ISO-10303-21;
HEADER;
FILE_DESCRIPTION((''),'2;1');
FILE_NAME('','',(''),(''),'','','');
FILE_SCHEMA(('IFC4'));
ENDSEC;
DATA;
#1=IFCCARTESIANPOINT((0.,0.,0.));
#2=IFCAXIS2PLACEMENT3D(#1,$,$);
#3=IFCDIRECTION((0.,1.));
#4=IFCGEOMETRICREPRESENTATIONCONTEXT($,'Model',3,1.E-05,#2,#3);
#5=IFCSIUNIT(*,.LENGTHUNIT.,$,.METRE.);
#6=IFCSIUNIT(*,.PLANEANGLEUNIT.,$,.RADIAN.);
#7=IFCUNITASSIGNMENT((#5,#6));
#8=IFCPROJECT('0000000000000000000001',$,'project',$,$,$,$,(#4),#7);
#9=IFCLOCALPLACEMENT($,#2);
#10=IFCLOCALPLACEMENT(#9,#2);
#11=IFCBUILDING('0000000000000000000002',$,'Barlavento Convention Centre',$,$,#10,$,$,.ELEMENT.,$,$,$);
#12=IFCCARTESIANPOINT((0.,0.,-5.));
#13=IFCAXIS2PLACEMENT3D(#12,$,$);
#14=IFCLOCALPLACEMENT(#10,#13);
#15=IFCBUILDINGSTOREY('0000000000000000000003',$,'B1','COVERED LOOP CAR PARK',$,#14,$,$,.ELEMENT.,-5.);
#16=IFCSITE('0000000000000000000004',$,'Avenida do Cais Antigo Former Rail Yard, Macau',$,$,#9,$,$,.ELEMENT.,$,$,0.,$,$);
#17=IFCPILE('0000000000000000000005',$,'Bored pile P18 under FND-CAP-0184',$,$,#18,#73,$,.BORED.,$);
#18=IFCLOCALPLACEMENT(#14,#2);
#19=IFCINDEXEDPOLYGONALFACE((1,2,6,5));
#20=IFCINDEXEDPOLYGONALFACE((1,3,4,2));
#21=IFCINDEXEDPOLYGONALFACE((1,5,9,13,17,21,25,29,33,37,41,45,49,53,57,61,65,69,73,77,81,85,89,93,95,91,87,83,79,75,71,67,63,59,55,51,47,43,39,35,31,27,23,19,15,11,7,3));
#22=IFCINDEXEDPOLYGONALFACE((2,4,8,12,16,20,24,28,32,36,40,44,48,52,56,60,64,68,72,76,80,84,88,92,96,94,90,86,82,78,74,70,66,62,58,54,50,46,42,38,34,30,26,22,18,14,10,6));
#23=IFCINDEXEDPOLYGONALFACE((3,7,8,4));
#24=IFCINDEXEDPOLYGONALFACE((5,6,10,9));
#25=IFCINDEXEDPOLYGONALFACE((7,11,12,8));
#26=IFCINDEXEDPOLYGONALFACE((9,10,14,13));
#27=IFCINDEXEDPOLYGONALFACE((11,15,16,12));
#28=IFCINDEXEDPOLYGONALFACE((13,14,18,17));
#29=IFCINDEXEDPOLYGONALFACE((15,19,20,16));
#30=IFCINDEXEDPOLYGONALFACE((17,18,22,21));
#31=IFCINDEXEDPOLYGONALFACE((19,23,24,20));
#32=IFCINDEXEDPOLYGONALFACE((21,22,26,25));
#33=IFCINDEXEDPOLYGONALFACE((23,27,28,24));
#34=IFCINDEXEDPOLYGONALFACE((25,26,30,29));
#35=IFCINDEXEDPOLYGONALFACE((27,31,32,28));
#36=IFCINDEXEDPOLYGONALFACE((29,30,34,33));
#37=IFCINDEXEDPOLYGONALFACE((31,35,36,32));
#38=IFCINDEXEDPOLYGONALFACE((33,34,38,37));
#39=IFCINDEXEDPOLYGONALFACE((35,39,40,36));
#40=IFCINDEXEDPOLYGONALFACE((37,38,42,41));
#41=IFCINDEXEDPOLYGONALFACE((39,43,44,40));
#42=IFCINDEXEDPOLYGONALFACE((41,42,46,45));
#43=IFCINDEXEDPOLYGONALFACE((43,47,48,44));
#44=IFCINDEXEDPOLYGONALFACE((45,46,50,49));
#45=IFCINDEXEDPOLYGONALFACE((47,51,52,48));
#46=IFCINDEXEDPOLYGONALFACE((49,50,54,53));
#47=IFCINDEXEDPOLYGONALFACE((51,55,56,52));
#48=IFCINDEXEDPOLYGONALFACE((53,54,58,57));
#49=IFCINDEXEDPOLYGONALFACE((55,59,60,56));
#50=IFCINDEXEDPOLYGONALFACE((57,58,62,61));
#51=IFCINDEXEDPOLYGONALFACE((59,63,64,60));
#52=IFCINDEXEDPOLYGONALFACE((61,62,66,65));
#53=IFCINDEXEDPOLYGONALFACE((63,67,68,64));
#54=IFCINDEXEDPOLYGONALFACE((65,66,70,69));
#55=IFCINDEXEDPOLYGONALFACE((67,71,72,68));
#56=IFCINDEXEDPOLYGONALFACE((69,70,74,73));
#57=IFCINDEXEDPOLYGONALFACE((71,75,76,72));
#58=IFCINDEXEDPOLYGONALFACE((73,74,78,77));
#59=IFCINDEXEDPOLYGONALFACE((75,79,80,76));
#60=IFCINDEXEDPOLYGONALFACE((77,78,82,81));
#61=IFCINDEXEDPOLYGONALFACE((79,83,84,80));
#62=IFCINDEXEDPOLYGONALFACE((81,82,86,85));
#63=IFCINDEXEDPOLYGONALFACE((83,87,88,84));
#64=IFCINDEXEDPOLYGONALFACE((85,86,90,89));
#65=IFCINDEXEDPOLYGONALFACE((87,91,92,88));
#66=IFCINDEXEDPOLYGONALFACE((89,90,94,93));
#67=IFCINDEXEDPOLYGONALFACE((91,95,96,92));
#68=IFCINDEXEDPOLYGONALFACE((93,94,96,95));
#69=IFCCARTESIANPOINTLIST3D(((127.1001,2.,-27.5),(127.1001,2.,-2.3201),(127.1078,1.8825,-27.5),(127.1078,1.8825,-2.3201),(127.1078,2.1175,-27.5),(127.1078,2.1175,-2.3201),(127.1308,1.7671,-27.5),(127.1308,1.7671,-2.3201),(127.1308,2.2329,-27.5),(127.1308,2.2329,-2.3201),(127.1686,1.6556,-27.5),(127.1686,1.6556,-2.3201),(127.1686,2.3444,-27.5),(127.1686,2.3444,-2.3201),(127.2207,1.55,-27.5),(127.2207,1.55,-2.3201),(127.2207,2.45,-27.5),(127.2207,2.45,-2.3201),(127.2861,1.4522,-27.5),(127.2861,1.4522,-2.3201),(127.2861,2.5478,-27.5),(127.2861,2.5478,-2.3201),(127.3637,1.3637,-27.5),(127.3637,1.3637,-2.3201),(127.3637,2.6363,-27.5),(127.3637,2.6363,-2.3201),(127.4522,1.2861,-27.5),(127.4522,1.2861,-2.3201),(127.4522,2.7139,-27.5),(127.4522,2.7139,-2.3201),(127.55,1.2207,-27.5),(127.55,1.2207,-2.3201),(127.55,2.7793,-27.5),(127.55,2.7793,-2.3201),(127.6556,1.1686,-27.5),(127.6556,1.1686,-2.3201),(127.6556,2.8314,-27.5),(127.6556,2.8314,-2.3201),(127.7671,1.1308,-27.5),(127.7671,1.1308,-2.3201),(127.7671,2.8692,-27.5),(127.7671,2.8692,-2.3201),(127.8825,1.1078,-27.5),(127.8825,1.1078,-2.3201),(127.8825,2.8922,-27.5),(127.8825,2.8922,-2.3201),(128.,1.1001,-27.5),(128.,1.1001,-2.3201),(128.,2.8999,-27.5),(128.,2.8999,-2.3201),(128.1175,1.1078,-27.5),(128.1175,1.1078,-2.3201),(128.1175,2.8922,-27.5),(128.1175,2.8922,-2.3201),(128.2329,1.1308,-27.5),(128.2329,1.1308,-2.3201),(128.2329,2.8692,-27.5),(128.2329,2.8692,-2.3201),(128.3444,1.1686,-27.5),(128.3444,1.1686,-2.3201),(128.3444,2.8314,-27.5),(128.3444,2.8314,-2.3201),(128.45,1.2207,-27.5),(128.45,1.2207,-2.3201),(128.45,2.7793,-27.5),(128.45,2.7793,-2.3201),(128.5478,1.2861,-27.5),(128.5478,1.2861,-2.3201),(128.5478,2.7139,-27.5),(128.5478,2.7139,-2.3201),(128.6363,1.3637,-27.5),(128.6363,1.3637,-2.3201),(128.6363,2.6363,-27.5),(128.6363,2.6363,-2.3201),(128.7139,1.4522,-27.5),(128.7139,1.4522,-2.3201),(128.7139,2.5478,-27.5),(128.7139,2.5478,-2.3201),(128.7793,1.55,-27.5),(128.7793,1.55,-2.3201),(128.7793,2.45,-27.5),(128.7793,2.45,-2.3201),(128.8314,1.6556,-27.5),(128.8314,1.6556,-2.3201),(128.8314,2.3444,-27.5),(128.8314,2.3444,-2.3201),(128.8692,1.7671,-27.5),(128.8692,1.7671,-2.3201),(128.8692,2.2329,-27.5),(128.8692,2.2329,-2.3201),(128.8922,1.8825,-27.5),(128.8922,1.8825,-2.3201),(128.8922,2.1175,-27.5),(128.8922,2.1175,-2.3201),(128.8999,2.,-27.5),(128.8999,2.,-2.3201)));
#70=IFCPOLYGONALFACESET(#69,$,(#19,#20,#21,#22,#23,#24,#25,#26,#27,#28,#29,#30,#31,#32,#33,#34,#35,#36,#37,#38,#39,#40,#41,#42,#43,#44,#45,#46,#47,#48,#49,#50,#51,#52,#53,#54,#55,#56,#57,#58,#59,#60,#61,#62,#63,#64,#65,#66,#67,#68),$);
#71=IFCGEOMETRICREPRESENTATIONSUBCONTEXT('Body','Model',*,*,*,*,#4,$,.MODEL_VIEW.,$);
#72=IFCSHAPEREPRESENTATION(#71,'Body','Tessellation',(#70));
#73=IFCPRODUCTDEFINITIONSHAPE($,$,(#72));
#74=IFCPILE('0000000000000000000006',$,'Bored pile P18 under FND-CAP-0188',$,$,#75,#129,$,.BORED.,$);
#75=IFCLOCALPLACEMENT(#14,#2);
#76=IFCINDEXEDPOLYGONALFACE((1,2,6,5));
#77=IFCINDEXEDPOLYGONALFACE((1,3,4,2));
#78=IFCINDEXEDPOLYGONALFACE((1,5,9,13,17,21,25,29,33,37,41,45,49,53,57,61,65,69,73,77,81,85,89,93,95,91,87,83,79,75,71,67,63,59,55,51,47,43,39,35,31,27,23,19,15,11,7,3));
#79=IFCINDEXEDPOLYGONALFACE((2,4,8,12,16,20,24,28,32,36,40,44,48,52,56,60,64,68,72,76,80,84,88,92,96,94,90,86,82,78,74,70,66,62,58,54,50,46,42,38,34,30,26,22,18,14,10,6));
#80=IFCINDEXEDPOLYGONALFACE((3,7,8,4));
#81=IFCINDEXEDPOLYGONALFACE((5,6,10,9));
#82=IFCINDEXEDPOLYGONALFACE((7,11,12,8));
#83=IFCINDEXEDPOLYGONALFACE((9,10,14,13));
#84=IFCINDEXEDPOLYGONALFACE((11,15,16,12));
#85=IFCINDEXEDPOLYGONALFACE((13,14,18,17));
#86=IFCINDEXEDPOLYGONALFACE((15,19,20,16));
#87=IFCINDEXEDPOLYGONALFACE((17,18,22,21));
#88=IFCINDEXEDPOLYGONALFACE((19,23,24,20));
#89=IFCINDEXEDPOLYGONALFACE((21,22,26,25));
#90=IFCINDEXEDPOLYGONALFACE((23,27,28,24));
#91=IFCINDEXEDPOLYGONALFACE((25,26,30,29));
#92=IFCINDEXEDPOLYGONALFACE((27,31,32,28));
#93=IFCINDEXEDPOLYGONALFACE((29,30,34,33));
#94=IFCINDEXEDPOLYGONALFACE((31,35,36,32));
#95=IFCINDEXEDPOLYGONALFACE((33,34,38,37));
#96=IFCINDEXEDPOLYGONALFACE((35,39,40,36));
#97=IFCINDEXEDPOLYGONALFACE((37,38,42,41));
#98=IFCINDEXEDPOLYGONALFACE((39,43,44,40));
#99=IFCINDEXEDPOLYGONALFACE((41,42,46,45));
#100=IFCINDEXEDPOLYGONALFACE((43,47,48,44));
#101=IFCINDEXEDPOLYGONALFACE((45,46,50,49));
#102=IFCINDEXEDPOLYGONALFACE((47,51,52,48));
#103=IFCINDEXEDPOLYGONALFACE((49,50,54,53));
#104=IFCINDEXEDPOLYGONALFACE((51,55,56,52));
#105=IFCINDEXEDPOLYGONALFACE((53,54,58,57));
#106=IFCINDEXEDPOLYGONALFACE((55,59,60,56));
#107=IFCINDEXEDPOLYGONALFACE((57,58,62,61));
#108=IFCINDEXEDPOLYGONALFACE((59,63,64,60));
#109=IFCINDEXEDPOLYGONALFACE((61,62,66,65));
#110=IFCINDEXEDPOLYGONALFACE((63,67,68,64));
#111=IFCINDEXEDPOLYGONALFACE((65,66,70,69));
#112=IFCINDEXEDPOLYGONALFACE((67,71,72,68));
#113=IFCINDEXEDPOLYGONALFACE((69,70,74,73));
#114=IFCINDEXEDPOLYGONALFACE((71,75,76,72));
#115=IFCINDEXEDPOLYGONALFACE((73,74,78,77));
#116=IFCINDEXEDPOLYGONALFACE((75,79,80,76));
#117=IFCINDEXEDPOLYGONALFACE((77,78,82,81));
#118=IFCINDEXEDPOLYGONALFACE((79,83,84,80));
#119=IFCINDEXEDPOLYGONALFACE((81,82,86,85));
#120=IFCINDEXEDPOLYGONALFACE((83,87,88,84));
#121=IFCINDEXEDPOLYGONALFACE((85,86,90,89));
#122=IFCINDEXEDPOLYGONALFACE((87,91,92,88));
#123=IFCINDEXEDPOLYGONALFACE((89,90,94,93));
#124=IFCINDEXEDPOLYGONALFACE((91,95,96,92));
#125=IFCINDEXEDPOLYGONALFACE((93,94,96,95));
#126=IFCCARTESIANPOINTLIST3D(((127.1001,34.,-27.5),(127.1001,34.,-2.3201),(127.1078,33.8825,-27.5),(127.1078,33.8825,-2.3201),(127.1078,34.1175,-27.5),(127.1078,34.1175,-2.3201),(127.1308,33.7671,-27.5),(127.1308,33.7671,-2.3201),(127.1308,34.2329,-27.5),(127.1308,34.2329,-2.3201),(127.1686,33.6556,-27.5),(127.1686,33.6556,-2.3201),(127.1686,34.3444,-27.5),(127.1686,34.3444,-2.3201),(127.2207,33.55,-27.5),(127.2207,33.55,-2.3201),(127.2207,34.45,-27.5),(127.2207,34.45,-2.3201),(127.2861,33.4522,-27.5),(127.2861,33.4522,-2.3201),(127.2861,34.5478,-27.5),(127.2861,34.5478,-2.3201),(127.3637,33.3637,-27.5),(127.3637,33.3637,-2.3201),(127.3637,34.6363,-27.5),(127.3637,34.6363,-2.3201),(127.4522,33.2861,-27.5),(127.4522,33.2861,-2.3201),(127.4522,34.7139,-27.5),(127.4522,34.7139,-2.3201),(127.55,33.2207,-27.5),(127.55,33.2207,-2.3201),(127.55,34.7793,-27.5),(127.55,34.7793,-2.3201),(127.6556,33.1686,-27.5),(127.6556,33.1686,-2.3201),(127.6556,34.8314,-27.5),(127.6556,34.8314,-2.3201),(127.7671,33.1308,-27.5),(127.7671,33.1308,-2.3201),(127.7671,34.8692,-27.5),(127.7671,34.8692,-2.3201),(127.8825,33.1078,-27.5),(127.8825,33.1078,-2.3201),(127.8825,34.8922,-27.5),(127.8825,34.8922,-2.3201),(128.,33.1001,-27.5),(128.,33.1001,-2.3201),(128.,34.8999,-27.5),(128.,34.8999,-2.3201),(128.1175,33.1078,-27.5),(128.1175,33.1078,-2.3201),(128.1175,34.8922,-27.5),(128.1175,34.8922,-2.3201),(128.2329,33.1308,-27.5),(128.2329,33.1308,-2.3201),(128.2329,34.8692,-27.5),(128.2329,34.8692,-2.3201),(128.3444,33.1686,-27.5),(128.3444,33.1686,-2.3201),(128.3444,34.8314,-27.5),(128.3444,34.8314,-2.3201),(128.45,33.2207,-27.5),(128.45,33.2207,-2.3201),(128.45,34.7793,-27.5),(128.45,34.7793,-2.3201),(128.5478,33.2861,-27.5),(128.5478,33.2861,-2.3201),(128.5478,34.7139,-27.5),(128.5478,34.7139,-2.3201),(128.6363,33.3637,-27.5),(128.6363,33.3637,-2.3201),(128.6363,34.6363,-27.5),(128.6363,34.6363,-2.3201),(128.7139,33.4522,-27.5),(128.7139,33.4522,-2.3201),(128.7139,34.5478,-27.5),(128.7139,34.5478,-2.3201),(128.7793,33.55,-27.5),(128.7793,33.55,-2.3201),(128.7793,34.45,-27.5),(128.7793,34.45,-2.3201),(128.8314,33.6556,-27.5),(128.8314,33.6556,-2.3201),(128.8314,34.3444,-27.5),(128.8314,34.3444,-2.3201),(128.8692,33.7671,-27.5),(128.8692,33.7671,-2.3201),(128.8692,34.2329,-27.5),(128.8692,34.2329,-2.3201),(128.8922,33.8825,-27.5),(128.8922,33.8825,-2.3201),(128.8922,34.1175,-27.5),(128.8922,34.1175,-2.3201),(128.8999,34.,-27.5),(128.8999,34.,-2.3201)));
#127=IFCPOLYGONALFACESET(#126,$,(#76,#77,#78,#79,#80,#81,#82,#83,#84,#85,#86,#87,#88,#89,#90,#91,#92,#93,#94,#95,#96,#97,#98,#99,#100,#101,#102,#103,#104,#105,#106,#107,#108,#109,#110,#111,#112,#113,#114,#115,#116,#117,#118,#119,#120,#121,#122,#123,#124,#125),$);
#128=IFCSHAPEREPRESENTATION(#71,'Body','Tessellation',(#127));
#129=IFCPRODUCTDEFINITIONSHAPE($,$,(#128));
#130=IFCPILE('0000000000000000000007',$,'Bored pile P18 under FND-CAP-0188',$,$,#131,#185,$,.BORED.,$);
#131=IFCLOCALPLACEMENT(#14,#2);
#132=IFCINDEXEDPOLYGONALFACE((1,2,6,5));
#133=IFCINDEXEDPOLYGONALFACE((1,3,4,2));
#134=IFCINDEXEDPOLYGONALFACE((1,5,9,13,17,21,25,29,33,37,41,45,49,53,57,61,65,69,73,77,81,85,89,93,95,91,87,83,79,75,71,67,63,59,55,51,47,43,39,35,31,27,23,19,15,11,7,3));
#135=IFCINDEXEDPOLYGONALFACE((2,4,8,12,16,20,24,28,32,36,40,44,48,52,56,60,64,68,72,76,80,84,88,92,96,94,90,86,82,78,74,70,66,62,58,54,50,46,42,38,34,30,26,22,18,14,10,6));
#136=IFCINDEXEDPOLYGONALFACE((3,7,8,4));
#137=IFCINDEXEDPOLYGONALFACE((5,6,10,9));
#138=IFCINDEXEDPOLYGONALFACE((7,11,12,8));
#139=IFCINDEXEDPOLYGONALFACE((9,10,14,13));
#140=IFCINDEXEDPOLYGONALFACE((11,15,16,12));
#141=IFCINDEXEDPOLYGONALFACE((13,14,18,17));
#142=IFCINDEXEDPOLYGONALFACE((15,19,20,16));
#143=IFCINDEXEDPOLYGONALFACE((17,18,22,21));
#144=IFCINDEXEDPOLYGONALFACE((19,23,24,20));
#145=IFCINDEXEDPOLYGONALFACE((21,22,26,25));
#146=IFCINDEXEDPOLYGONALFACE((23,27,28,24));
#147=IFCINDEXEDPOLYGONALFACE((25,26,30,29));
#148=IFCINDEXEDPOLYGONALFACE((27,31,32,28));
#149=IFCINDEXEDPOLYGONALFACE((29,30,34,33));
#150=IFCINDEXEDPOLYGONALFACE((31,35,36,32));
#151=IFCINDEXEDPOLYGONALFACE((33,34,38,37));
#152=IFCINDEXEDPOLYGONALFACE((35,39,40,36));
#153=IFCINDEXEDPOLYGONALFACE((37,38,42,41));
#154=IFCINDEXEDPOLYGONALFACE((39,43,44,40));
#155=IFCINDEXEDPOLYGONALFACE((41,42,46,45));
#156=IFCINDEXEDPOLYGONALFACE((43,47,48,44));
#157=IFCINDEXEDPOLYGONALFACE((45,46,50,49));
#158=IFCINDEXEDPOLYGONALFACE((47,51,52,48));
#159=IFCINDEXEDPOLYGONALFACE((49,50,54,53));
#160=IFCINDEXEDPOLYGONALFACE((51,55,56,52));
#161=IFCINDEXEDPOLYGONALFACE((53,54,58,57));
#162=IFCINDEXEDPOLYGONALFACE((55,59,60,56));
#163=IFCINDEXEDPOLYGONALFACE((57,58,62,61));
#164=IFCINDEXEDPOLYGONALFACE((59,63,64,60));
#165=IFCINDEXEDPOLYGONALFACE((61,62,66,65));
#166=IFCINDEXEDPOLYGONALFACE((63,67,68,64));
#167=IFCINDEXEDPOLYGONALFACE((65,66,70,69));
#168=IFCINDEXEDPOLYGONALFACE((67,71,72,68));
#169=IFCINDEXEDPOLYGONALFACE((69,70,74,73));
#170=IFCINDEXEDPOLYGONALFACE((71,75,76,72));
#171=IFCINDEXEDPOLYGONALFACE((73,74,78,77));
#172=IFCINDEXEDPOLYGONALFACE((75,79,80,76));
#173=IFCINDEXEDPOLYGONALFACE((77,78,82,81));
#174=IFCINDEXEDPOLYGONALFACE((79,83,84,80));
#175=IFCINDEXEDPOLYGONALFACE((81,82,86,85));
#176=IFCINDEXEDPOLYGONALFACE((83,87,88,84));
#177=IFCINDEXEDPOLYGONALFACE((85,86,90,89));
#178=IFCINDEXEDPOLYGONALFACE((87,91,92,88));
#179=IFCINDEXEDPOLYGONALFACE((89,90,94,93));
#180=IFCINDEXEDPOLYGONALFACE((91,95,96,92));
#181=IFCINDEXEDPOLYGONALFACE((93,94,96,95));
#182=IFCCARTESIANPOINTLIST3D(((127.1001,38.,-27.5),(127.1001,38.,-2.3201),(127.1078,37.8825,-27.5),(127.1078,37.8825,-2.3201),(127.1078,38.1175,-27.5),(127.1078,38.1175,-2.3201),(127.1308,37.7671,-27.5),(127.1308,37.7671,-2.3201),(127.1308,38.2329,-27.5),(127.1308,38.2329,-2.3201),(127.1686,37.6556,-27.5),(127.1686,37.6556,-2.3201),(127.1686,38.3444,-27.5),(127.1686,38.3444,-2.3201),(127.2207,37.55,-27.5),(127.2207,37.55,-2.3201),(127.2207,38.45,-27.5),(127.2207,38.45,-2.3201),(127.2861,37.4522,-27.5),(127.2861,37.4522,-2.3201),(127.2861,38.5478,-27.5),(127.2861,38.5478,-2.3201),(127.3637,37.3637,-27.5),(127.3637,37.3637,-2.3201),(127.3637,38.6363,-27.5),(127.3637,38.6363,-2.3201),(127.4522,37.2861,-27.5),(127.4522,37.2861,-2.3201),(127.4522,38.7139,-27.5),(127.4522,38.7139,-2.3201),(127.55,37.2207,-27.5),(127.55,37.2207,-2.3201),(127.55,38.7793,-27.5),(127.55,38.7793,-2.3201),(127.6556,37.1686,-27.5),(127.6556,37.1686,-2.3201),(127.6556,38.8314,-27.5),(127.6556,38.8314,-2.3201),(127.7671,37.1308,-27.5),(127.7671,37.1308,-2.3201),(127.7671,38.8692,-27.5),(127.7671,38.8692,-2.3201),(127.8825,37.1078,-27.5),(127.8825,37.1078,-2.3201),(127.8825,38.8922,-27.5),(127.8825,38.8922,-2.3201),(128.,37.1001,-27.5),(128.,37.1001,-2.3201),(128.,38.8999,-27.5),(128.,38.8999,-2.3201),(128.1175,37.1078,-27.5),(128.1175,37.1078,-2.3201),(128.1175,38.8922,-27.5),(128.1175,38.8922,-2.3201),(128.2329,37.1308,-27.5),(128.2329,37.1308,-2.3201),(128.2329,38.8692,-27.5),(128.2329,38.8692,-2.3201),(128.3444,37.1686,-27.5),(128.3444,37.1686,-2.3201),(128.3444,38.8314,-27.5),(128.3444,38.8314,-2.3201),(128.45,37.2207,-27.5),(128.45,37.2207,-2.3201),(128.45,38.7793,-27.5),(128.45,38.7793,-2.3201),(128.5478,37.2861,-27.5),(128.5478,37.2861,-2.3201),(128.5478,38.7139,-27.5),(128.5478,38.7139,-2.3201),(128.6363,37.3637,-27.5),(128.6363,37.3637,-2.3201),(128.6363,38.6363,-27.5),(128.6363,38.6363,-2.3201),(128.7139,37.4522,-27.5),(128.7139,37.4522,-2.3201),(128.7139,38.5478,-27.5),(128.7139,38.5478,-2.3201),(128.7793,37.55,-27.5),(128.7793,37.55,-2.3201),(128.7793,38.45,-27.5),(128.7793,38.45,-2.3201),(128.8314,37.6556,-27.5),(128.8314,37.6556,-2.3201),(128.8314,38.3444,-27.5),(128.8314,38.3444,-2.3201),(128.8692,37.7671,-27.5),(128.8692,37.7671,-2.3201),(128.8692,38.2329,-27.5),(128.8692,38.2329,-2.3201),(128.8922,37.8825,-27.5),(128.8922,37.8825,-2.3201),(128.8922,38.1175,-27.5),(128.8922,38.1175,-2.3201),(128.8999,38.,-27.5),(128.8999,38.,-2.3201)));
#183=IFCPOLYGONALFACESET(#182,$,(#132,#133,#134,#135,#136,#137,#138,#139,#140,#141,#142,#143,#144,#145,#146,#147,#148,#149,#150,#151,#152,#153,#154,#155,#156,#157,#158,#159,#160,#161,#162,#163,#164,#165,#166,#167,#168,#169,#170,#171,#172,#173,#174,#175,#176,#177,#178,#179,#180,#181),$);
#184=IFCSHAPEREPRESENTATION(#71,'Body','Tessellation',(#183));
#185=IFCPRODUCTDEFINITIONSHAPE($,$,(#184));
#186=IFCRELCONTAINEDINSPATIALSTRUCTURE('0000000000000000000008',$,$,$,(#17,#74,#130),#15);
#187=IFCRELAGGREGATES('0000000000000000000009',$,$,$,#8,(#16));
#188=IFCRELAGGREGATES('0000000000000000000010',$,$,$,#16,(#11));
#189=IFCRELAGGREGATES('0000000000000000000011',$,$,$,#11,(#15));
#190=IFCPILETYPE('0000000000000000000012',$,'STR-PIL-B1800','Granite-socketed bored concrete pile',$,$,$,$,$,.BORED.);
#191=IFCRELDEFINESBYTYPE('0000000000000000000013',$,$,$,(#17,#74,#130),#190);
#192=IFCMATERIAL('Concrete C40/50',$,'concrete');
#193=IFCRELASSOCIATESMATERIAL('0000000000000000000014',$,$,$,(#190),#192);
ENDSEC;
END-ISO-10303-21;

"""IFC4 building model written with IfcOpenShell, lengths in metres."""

from ifc_helpers import new_model, si_unit, direction, frame, origin, origin_2d, place, context, subcontext, project, spatial, circle, extrude, material, material_profile, profile_set, type_object, element, save


model = new_model("IFC4")

# Units and contexts
model_context = context("Model", 3, precision=1e-05, world=origin(), true_north=direction((0.0, 1.0)))
body_context = subcontext(model_context, "Body", "Model", "MODEL_VIEW")
ifc_project = project(units=[si_unit("LENGTHUNIT", "METRE"), si_unit("PLANEANGLEUNIT", "RADIAN")], contexts=[model_context])

# Site, building, storey
site_placement = place(None, origin())
site = spatial("IfcSite", under=ifc_project, at=site_placement, Name="Avenida do Cais Antigo Former Rail Yard, Macau", CompositionType="ELEMENT", RefElevation=0.0)
building_placement = place(site_placement, origin())
building = spatial("IfcBuilding", under=site, at=building_placement, Name="Barlavento Convention Centre", CompositionType="ELEMENT")
storey_placement = place(building_placement, frame((0.0, 0.0, -5.0)))
storey = spatial("IfcBuildingStorey", under=building, at=storey_placement, Name="B1", Description="COVERED LOOP CAR PARK", CompositionType="ELEMENT", Elevation=-5.0)

# Shared definitions
ifc_material_1 = material(Name="Concrete C40/50", Category="concrete")

# Piles
ifc_material_profile_1 = material_profile(ifc_material_1, circle(Radius=0.8999, at=origin_2d()), Name="BORED PILE 1800")
ifc_profile_set_1 = profile_set([ifc_material_profile_1], Name="Concrete C40/50")
pile_type_1 = type_object("IfcPileType", Name="STR-PIL-B1800", Description="Granite-socketed bored concrete pile", PredefinedType="BORED", material=ifc_profile_set_1)
for number, where, z_axis, x_axis, name in (
    (1, (128.0, 2.0, -2.3201), (0.0, 0.0, -1.0), (1.0, 0.0, 0.0), "Bored pile P18 under FND-CAP-0184"),
    (2, (128.0, 34.0, -2.3201), (0.0, 0.0, -1.0), (1.0, 0.0, 0.0), "Bored pile P18 under FND-CAP-0188"),
    (3, (128.0, 38.0, -2.3201), (0.0, 0.0, -1.0), (1.0, 0.0, 0.0), "Bored pile P18 under FND-CAP-0188"),
):
    element("IfcPile", number, at=place(storey_placement, frame(where, z_axis=z_axis, x_axis=x_axis)), inside=storey, type_object=pile_type_1, Name=name, PredefinedType="BORED", context=body_context, shape_type="SweptSolid", body=[
        extrude(circle(Radius=0.8999, at=origin_2d()), origin(), (0.0, 0.0, 1.0), 25.1799),
    ])

save(model, "model.ifc")
